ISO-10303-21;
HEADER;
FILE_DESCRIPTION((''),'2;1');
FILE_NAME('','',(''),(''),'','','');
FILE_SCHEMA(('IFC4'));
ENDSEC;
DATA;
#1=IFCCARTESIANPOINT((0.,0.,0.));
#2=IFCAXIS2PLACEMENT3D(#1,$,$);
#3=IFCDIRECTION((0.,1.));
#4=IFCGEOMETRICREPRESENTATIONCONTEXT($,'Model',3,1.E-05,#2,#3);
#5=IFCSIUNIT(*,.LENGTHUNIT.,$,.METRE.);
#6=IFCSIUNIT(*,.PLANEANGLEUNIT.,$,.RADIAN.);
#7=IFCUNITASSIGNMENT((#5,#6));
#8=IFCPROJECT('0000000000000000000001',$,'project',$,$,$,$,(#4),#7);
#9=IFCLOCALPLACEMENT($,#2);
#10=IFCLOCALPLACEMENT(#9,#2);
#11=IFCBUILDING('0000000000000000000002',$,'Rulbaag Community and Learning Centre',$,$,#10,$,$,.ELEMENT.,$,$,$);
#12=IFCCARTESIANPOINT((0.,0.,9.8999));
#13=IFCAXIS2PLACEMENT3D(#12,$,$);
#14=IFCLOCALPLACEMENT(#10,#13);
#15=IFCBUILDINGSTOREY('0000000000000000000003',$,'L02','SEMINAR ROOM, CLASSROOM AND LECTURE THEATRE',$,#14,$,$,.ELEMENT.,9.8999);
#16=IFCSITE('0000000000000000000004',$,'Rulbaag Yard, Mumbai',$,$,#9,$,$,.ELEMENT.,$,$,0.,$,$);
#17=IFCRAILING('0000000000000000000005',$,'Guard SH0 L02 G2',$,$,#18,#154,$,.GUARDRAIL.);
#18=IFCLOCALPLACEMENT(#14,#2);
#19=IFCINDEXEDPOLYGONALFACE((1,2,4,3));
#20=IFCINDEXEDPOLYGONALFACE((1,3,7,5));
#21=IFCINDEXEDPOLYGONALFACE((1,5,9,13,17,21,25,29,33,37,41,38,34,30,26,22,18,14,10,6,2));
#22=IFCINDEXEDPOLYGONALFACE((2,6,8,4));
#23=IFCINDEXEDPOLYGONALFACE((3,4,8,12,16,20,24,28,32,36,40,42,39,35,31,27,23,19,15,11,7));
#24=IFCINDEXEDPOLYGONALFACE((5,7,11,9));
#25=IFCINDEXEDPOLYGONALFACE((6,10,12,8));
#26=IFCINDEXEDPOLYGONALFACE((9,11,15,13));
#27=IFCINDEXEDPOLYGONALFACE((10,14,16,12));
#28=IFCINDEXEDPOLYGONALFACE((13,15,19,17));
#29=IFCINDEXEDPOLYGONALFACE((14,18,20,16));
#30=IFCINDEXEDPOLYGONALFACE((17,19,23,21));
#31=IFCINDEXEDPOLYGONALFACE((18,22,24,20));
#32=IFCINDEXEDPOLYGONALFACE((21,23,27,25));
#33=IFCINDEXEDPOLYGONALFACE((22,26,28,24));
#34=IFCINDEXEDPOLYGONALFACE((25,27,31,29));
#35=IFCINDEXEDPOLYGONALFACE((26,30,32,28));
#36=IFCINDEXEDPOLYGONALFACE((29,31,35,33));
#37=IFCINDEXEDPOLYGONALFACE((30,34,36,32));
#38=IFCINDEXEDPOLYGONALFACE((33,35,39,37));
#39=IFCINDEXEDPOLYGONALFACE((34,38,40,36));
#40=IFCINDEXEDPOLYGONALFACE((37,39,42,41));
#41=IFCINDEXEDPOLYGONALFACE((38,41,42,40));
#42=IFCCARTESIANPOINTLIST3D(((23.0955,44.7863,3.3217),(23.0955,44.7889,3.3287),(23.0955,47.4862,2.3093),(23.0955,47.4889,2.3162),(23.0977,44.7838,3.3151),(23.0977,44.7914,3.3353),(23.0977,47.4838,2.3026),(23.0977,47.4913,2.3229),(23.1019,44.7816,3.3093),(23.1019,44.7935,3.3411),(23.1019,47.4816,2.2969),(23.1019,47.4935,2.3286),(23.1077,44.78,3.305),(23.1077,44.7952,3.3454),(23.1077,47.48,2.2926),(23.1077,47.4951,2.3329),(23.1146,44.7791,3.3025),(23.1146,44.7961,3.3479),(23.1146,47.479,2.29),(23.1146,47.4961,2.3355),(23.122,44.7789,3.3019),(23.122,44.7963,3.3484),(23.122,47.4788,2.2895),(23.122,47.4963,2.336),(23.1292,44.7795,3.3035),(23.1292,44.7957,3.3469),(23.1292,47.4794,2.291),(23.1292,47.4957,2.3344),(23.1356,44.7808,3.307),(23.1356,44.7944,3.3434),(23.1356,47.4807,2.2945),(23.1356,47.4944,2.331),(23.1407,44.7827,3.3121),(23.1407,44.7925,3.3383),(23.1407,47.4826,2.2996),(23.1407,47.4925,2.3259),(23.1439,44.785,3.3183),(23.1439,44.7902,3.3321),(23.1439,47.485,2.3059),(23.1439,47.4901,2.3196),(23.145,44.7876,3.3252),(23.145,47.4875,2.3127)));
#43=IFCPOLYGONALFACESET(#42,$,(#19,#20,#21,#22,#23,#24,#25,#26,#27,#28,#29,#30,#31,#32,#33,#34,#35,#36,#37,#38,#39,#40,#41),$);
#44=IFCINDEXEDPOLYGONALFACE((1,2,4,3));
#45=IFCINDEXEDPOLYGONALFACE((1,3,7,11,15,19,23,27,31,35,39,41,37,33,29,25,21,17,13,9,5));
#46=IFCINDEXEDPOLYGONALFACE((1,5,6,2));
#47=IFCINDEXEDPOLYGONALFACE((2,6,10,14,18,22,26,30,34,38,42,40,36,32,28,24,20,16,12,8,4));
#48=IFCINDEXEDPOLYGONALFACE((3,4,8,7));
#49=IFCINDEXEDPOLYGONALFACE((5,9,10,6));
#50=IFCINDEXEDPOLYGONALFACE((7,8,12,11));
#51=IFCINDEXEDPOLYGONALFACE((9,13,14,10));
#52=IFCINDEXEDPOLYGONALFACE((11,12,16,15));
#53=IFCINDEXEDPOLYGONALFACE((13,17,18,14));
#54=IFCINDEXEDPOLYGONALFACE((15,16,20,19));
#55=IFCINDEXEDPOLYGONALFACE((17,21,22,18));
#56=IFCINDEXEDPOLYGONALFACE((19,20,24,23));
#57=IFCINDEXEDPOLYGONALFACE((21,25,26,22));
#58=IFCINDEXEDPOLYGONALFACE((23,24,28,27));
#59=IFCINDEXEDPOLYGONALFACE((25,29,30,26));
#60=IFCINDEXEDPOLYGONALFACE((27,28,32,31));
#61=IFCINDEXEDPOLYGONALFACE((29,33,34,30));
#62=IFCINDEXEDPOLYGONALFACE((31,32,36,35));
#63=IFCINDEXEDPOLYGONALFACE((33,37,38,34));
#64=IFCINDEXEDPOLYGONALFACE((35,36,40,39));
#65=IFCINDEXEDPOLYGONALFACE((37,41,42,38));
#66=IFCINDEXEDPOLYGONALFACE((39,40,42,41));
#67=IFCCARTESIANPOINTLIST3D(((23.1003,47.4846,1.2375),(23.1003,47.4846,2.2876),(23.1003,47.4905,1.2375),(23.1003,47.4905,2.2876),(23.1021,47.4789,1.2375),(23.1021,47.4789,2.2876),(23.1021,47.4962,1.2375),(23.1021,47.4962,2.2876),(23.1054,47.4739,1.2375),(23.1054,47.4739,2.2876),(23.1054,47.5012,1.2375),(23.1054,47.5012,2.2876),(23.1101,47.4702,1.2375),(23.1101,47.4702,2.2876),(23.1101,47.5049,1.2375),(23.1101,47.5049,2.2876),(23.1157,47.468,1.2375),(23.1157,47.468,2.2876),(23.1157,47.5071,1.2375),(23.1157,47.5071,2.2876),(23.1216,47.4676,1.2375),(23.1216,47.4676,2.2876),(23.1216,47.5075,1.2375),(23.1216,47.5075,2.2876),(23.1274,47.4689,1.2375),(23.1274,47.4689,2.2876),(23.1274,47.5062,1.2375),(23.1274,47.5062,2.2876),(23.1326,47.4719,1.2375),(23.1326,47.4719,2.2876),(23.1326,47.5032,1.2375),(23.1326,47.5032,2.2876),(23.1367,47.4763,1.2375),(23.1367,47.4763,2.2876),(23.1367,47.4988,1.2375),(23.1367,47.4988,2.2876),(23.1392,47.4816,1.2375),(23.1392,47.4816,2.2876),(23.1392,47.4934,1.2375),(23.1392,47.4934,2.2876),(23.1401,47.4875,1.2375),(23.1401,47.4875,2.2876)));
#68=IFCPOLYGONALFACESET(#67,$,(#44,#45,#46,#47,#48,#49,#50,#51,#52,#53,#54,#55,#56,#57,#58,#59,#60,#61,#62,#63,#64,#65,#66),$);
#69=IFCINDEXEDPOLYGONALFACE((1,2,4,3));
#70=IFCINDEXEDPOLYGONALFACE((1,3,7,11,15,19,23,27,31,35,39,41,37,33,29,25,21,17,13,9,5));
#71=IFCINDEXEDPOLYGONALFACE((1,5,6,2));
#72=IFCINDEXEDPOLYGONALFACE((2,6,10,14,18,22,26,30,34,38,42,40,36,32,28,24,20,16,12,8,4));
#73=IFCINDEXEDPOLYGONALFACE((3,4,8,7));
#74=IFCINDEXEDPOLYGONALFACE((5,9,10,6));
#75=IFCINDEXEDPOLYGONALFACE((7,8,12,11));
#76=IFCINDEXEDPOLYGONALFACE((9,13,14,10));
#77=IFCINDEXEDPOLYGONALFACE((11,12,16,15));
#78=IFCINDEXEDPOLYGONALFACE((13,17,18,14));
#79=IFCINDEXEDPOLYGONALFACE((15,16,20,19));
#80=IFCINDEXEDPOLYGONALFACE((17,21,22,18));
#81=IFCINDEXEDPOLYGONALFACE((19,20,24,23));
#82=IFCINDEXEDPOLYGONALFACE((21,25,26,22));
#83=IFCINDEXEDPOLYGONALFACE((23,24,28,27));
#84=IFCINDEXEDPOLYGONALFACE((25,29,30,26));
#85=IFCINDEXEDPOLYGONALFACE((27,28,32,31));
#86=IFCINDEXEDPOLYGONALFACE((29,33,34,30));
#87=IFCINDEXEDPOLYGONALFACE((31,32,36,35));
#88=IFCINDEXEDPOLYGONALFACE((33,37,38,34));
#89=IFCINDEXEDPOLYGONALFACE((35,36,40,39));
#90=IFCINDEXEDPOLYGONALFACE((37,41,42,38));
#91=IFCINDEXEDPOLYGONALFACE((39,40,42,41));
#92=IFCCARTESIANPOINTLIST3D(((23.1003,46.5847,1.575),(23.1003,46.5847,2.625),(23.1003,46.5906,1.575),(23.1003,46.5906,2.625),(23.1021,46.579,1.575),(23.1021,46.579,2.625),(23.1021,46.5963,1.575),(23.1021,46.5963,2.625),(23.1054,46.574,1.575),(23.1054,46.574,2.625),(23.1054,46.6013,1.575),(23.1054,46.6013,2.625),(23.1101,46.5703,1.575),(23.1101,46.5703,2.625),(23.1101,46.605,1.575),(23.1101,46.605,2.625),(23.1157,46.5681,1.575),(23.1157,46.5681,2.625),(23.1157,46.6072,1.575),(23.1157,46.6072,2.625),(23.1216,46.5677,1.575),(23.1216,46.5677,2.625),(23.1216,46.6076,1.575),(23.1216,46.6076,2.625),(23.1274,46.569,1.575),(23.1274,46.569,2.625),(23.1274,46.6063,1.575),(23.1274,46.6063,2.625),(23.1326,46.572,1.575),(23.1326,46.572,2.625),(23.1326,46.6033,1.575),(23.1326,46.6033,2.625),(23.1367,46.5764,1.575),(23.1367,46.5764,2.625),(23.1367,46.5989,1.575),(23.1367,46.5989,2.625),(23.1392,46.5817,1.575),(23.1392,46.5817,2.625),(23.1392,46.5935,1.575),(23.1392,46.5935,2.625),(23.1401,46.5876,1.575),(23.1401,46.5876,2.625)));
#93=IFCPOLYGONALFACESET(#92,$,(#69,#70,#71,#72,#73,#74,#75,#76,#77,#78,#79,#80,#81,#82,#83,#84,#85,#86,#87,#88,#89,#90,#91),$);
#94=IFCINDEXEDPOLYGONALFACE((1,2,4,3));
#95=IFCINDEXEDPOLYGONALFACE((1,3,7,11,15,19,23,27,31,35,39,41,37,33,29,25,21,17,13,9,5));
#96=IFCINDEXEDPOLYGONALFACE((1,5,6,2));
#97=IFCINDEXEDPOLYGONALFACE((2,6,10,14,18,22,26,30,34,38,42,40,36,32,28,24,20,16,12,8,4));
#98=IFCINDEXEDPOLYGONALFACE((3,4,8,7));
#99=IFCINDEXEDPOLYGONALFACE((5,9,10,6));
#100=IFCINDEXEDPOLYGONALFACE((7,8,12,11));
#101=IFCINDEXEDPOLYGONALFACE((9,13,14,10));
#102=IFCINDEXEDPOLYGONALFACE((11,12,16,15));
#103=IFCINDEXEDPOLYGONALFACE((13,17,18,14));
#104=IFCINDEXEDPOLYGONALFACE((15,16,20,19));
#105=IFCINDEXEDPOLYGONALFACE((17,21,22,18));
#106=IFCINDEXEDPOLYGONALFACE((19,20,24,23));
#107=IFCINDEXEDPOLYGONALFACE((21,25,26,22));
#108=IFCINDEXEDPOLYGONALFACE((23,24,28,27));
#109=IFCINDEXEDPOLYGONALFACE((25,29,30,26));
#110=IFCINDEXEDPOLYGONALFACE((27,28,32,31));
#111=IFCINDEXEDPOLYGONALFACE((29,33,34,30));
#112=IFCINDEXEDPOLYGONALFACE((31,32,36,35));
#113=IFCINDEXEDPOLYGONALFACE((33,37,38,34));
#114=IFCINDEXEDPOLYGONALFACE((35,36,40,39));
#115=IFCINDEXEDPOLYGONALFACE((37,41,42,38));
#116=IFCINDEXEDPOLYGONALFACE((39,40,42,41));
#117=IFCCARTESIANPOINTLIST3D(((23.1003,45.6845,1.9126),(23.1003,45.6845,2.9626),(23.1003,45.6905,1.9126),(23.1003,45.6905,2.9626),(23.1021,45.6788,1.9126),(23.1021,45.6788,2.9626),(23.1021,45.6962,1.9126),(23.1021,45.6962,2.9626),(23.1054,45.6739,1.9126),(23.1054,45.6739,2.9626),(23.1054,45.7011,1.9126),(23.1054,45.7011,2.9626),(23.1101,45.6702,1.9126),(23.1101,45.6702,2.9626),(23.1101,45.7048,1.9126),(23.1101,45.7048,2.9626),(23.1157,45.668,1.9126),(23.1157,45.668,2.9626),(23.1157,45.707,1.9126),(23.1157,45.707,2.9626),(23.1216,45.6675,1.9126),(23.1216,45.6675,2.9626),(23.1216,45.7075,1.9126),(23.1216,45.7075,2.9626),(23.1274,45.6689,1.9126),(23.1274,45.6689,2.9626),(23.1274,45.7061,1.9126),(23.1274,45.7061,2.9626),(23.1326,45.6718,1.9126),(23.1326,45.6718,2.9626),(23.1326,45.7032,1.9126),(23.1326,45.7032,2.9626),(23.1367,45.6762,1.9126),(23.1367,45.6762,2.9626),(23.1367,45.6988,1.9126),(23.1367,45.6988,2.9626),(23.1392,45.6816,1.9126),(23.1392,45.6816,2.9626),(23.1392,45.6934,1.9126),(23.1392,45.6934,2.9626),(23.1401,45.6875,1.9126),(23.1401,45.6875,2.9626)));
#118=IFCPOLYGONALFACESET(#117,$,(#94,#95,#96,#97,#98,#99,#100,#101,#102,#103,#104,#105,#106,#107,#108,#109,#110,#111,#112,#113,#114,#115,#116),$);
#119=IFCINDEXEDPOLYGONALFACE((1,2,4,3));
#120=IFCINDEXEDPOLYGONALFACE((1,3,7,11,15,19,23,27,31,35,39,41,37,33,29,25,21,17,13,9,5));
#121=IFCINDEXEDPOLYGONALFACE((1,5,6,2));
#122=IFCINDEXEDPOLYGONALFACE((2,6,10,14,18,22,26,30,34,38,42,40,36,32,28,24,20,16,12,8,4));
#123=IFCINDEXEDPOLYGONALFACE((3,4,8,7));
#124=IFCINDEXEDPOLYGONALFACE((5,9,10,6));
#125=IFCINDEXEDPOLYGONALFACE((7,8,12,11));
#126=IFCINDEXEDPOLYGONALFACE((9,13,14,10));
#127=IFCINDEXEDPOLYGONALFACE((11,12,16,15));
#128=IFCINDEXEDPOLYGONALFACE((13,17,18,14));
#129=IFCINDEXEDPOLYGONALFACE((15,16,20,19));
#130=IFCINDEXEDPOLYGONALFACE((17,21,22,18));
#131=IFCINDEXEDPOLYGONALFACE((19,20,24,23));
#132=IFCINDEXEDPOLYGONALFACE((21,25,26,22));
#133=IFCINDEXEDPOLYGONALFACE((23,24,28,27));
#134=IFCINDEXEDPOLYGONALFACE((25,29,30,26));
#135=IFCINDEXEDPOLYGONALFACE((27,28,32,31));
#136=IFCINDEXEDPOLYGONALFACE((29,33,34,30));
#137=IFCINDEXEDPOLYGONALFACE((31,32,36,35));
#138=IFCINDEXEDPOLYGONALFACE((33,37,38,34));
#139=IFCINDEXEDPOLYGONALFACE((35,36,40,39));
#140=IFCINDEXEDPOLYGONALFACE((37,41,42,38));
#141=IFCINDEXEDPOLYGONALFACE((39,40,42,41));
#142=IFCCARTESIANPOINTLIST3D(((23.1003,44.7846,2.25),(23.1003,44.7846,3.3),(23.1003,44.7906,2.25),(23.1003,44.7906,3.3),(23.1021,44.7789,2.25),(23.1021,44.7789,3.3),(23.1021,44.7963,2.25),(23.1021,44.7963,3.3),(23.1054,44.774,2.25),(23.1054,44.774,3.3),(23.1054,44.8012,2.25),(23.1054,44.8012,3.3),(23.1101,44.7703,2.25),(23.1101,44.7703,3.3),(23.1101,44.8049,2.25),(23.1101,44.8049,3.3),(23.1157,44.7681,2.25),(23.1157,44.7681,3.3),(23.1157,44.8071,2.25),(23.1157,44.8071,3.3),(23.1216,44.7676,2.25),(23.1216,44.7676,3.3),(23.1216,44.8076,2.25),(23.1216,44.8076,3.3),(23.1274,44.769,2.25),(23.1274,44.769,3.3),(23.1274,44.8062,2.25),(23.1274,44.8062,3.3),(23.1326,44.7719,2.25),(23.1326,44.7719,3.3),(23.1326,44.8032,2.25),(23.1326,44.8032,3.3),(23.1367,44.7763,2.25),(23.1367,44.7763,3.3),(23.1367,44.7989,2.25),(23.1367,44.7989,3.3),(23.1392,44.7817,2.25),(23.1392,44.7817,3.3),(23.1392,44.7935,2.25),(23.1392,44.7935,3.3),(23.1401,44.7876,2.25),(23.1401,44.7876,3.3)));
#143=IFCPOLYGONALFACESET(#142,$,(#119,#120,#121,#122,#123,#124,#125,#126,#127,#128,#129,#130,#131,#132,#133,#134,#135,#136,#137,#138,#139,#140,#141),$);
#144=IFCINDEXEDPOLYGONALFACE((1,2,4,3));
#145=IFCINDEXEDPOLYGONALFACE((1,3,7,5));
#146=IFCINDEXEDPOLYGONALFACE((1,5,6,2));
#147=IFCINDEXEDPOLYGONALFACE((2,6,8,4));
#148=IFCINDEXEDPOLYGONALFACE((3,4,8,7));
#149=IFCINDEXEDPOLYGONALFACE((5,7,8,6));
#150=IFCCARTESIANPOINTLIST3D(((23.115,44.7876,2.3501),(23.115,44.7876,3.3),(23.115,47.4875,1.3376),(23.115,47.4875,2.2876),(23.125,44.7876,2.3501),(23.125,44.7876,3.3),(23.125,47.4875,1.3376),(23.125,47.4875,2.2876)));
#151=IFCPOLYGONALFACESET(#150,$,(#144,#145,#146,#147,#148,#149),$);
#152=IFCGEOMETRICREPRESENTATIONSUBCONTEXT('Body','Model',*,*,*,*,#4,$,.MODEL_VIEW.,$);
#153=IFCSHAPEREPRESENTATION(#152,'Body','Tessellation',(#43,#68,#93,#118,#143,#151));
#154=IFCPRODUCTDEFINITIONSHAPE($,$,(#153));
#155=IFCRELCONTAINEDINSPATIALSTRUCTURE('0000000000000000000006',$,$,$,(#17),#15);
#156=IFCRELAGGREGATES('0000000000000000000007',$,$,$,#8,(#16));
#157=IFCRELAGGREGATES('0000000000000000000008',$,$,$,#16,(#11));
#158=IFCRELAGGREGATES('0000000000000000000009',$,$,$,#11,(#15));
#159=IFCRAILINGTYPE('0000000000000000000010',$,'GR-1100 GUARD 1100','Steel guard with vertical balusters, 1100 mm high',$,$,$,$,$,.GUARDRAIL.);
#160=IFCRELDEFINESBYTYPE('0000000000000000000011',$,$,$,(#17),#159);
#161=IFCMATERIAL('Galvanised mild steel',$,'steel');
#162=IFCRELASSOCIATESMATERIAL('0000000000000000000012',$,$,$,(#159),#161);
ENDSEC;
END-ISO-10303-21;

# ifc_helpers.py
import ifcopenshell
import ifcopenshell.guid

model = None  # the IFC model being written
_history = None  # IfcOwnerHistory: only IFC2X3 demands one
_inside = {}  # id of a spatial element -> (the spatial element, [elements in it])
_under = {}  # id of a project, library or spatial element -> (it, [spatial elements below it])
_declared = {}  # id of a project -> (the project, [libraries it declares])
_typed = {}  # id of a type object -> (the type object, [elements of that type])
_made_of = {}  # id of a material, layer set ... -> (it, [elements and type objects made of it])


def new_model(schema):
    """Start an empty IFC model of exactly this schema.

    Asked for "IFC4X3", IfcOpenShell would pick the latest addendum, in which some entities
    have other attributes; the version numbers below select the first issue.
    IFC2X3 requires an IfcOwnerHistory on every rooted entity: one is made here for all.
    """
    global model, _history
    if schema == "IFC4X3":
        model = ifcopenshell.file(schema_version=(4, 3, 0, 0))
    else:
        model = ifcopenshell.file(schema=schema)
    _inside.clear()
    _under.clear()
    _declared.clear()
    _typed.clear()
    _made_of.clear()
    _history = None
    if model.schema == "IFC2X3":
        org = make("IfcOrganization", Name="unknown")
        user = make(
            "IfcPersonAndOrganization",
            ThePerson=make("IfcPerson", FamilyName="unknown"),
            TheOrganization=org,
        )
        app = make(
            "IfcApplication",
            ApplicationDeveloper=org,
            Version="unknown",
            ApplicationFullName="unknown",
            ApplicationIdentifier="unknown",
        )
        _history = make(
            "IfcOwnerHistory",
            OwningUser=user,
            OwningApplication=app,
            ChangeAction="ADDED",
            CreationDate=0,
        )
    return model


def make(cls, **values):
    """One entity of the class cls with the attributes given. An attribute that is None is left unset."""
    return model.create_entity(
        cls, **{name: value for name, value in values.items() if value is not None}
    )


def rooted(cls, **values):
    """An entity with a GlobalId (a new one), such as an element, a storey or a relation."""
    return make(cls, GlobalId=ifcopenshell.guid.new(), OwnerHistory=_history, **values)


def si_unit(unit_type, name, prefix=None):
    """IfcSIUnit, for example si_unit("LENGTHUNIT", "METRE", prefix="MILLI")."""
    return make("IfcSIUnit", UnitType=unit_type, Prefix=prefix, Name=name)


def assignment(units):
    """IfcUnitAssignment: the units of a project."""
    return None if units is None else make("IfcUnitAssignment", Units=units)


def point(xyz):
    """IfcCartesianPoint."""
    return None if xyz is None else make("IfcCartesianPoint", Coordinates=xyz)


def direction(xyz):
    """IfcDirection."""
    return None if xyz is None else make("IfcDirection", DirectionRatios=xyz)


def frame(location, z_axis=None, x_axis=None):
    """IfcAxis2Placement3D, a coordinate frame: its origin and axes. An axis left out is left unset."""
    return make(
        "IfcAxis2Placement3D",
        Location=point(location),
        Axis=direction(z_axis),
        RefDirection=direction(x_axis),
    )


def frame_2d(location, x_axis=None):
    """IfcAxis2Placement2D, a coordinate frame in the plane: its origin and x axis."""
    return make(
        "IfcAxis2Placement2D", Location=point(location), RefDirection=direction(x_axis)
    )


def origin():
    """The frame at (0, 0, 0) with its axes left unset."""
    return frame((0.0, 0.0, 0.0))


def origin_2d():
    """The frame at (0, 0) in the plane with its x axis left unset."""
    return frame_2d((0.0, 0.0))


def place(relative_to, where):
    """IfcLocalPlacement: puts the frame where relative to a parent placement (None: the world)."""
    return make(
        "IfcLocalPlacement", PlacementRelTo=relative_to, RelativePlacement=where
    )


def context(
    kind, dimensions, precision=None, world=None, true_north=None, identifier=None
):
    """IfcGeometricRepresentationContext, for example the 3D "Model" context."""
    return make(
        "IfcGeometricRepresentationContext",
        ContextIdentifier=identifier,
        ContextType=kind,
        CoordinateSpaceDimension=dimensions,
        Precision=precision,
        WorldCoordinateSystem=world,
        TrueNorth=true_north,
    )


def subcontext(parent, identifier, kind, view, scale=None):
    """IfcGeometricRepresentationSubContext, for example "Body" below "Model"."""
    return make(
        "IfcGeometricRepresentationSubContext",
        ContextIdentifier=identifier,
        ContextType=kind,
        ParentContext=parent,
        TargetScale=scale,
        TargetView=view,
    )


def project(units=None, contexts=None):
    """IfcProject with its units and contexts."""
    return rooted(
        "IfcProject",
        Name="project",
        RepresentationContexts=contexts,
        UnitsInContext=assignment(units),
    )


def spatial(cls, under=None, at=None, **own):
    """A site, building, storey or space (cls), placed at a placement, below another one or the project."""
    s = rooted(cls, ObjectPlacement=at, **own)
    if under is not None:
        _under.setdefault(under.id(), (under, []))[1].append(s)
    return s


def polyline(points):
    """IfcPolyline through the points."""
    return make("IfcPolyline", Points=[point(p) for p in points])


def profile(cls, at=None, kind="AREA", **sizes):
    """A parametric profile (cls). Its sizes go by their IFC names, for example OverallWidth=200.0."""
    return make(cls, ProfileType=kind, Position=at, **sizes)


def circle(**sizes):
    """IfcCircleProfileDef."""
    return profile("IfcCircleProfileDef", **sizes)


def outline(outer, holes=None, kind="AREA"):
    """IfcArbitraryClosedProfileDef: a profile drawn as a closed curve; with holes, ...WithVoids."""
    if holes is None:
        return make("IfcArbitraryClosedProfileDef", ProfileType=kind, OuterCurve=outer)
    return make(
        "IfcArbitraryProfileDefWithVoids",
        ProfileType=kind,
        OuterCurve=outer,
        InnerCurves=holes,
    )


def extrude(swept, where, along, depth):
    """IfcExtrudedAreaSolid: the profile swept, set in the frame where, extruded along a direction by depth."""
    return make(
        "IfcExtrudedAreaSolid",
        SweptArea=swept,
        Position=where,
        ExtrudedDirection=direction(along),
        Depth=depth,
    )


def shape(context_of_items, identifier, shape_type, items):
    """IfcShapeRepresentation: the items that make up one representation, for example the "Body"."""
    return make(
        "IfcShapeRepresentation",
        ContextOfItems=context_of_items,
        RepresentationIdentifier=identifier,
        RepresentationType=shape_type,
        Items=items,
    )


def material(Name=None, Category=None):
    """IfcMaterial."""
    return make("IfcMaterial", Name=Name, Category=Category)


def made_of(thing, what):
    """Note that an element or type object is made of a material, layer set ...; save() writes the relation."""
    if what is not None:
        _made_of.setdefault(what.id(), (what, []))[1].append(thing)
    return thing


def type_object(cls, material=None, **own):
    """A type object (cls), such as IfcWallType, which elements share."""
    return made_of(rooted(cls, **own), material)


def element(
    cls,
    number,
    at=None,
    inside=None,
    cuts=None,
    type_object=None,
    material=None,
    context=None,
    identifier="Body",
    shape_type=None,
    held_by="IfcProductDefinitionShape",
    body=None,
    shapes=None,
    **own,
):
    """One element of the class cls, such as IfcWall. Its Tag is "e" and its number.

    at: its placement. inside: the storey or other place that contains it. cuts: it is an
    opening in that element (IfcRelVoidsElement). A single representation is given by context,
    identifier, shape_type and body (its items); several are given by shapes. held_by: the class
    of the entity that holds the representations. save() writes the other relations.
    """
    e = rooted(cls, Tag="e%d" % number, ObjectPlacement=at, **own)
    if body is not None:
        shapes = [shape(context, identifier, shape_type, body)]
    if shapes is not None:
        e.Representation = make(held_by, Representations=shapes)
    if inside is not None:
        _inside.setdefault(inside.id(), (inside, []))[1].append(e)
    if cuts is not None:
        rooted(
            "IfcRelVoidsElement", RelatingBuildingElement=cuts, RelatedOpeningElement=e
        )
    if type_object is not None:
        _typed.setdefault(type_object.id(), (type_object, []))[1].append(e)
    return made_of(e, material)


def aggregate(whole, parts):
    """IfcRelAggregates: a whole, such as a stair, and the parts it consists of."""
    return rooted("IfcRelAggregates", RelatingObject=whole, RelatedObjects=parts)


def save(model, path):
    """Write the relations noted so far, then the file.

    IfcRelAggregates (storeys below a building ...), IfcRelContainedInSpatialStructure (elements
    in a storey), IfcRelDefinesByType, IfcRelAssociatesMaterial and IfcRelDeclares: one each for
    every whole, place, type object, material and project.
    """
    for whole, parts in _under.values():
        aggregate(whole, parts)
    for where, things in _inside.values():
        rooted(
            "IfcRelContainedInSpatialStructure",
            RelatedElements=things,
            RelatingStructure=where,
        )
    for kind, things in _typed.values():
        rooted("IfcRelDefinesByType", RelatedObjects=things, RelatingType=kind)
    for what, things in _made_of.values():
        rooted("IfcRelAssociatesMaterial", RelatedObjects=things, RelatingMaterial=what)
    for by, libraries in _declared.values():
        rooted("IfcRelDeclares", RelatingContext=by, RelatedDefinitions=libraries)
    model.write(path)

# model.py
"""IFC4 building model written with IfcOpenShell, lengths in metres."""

from ifc_helpers import new_model, si_unit, direction, frame, origin, origin_2d, place, context, subcontext, project, spatial, polyline, circle, outline, extrude, material, type_object, element, save


model = new_model("IFC4")

# Units and contexts
model_context = context("Model", 3, precision=1e-05, world=origin(), true_north=direction((0.0, 1.0)))
body_context = subcontext(model_context, "Body", "Model", "MODEL_VIEW")
ifc_project = project(units=[si_unit("LENGTHUNIT", "METRE"), si_unit("PLANEANGLEUNIT", "RADIAN")], contexts=[model_context])

# Site, building, storey
site_placement = place(None, origin())
site = spatial("IfcSite", under=ifc_project, at=site_placement, Name="Rulbaag Yard, Mumbai", CompositionType="ELEMENT", RefElevation=0.0)
building_placement = place(site_placement, origin())
building = spatial("IfcBuilding", under=site, at=building_placement, Name="Rulbaag Community and Learning Centre", CompositionType="ELEMENT")
storey_placement = place(building_placement, frame((0.0, 0.0, 9.8999)))
storey = spatial("IfcBuildingStorey", under=building, at=storey_placement, Name="L02", Description="SEMINAR ROOM, CLASSROOM AND LECTURE THEATRE", CompositionType="ELEMENT", Elevation=9.8999)

# Railing
ifc_material_1 = material(Name="Galvanised mild steel", Category="steel")
railing_type_1 = type_object("IfcRailingType", Name="GR-1100 GUARD 1100", Description="Steel guard with vertical balusters, 1100 mm high", PredefinedType="GUARDRAIL", material=ifc_material_1)
railing_1_placement = place(storey_placement, frame((23.1201, 47.4875, 1.2375)))
element("IfcRailing", 1, at=railing_1_placement, inside=storey, type_object=railing_type_1, Name="Guard SH0 L02 G2", PredefinedType="GUARDRAIL", context=body_context, shape_type="SweptSolid", body=[
    extrude(circle(Radius=0.0249, at=origin_2d()), frame((0.0, 0.0, 1.0752), z_axis=(0.0, -0.936333, 0.351114), x_axis=(1.0, 0.0, 0.0)), (0.0, 0.0, 1.0), 2.8835),
    extrude(circle(Radius=0.02, at=origin_2d()), origin(), (0.0, 0.0, 1.0), 1.05),
    extrude(circle(Radius=0.02, at=origin_2d()), frame((0.0, -0.8999, 0.3374)), (0.0, 0.0, 1.0), 1.05),
    extrude(circle(Radius=0.02, at=origin_2d()), frame((0.0, -1.8, 0.675)), (0.0, 0.0, 1.0), 1.05),
    extrude(circle(Radius=0.02, at=origin_2d()), frame((0.0, -2.7, 1.0125)), (0.0, 0.0, 1.0), 1.05),
    extrude(outline(polyline([(0.0, 0.0), (2.7, 1.0125), (2.7, 1.9624), (0.0, 0.95), (0.0, 0.0)])), frame((0.0049, 0.0, 0.1001), z_axis=(-1.0, 0.0, 0.0), x_axis=(0.0, -1.0, 0.0)), (0.0, 0.0, 1.0), 0.01),
])

save(model, "model.ifc")
